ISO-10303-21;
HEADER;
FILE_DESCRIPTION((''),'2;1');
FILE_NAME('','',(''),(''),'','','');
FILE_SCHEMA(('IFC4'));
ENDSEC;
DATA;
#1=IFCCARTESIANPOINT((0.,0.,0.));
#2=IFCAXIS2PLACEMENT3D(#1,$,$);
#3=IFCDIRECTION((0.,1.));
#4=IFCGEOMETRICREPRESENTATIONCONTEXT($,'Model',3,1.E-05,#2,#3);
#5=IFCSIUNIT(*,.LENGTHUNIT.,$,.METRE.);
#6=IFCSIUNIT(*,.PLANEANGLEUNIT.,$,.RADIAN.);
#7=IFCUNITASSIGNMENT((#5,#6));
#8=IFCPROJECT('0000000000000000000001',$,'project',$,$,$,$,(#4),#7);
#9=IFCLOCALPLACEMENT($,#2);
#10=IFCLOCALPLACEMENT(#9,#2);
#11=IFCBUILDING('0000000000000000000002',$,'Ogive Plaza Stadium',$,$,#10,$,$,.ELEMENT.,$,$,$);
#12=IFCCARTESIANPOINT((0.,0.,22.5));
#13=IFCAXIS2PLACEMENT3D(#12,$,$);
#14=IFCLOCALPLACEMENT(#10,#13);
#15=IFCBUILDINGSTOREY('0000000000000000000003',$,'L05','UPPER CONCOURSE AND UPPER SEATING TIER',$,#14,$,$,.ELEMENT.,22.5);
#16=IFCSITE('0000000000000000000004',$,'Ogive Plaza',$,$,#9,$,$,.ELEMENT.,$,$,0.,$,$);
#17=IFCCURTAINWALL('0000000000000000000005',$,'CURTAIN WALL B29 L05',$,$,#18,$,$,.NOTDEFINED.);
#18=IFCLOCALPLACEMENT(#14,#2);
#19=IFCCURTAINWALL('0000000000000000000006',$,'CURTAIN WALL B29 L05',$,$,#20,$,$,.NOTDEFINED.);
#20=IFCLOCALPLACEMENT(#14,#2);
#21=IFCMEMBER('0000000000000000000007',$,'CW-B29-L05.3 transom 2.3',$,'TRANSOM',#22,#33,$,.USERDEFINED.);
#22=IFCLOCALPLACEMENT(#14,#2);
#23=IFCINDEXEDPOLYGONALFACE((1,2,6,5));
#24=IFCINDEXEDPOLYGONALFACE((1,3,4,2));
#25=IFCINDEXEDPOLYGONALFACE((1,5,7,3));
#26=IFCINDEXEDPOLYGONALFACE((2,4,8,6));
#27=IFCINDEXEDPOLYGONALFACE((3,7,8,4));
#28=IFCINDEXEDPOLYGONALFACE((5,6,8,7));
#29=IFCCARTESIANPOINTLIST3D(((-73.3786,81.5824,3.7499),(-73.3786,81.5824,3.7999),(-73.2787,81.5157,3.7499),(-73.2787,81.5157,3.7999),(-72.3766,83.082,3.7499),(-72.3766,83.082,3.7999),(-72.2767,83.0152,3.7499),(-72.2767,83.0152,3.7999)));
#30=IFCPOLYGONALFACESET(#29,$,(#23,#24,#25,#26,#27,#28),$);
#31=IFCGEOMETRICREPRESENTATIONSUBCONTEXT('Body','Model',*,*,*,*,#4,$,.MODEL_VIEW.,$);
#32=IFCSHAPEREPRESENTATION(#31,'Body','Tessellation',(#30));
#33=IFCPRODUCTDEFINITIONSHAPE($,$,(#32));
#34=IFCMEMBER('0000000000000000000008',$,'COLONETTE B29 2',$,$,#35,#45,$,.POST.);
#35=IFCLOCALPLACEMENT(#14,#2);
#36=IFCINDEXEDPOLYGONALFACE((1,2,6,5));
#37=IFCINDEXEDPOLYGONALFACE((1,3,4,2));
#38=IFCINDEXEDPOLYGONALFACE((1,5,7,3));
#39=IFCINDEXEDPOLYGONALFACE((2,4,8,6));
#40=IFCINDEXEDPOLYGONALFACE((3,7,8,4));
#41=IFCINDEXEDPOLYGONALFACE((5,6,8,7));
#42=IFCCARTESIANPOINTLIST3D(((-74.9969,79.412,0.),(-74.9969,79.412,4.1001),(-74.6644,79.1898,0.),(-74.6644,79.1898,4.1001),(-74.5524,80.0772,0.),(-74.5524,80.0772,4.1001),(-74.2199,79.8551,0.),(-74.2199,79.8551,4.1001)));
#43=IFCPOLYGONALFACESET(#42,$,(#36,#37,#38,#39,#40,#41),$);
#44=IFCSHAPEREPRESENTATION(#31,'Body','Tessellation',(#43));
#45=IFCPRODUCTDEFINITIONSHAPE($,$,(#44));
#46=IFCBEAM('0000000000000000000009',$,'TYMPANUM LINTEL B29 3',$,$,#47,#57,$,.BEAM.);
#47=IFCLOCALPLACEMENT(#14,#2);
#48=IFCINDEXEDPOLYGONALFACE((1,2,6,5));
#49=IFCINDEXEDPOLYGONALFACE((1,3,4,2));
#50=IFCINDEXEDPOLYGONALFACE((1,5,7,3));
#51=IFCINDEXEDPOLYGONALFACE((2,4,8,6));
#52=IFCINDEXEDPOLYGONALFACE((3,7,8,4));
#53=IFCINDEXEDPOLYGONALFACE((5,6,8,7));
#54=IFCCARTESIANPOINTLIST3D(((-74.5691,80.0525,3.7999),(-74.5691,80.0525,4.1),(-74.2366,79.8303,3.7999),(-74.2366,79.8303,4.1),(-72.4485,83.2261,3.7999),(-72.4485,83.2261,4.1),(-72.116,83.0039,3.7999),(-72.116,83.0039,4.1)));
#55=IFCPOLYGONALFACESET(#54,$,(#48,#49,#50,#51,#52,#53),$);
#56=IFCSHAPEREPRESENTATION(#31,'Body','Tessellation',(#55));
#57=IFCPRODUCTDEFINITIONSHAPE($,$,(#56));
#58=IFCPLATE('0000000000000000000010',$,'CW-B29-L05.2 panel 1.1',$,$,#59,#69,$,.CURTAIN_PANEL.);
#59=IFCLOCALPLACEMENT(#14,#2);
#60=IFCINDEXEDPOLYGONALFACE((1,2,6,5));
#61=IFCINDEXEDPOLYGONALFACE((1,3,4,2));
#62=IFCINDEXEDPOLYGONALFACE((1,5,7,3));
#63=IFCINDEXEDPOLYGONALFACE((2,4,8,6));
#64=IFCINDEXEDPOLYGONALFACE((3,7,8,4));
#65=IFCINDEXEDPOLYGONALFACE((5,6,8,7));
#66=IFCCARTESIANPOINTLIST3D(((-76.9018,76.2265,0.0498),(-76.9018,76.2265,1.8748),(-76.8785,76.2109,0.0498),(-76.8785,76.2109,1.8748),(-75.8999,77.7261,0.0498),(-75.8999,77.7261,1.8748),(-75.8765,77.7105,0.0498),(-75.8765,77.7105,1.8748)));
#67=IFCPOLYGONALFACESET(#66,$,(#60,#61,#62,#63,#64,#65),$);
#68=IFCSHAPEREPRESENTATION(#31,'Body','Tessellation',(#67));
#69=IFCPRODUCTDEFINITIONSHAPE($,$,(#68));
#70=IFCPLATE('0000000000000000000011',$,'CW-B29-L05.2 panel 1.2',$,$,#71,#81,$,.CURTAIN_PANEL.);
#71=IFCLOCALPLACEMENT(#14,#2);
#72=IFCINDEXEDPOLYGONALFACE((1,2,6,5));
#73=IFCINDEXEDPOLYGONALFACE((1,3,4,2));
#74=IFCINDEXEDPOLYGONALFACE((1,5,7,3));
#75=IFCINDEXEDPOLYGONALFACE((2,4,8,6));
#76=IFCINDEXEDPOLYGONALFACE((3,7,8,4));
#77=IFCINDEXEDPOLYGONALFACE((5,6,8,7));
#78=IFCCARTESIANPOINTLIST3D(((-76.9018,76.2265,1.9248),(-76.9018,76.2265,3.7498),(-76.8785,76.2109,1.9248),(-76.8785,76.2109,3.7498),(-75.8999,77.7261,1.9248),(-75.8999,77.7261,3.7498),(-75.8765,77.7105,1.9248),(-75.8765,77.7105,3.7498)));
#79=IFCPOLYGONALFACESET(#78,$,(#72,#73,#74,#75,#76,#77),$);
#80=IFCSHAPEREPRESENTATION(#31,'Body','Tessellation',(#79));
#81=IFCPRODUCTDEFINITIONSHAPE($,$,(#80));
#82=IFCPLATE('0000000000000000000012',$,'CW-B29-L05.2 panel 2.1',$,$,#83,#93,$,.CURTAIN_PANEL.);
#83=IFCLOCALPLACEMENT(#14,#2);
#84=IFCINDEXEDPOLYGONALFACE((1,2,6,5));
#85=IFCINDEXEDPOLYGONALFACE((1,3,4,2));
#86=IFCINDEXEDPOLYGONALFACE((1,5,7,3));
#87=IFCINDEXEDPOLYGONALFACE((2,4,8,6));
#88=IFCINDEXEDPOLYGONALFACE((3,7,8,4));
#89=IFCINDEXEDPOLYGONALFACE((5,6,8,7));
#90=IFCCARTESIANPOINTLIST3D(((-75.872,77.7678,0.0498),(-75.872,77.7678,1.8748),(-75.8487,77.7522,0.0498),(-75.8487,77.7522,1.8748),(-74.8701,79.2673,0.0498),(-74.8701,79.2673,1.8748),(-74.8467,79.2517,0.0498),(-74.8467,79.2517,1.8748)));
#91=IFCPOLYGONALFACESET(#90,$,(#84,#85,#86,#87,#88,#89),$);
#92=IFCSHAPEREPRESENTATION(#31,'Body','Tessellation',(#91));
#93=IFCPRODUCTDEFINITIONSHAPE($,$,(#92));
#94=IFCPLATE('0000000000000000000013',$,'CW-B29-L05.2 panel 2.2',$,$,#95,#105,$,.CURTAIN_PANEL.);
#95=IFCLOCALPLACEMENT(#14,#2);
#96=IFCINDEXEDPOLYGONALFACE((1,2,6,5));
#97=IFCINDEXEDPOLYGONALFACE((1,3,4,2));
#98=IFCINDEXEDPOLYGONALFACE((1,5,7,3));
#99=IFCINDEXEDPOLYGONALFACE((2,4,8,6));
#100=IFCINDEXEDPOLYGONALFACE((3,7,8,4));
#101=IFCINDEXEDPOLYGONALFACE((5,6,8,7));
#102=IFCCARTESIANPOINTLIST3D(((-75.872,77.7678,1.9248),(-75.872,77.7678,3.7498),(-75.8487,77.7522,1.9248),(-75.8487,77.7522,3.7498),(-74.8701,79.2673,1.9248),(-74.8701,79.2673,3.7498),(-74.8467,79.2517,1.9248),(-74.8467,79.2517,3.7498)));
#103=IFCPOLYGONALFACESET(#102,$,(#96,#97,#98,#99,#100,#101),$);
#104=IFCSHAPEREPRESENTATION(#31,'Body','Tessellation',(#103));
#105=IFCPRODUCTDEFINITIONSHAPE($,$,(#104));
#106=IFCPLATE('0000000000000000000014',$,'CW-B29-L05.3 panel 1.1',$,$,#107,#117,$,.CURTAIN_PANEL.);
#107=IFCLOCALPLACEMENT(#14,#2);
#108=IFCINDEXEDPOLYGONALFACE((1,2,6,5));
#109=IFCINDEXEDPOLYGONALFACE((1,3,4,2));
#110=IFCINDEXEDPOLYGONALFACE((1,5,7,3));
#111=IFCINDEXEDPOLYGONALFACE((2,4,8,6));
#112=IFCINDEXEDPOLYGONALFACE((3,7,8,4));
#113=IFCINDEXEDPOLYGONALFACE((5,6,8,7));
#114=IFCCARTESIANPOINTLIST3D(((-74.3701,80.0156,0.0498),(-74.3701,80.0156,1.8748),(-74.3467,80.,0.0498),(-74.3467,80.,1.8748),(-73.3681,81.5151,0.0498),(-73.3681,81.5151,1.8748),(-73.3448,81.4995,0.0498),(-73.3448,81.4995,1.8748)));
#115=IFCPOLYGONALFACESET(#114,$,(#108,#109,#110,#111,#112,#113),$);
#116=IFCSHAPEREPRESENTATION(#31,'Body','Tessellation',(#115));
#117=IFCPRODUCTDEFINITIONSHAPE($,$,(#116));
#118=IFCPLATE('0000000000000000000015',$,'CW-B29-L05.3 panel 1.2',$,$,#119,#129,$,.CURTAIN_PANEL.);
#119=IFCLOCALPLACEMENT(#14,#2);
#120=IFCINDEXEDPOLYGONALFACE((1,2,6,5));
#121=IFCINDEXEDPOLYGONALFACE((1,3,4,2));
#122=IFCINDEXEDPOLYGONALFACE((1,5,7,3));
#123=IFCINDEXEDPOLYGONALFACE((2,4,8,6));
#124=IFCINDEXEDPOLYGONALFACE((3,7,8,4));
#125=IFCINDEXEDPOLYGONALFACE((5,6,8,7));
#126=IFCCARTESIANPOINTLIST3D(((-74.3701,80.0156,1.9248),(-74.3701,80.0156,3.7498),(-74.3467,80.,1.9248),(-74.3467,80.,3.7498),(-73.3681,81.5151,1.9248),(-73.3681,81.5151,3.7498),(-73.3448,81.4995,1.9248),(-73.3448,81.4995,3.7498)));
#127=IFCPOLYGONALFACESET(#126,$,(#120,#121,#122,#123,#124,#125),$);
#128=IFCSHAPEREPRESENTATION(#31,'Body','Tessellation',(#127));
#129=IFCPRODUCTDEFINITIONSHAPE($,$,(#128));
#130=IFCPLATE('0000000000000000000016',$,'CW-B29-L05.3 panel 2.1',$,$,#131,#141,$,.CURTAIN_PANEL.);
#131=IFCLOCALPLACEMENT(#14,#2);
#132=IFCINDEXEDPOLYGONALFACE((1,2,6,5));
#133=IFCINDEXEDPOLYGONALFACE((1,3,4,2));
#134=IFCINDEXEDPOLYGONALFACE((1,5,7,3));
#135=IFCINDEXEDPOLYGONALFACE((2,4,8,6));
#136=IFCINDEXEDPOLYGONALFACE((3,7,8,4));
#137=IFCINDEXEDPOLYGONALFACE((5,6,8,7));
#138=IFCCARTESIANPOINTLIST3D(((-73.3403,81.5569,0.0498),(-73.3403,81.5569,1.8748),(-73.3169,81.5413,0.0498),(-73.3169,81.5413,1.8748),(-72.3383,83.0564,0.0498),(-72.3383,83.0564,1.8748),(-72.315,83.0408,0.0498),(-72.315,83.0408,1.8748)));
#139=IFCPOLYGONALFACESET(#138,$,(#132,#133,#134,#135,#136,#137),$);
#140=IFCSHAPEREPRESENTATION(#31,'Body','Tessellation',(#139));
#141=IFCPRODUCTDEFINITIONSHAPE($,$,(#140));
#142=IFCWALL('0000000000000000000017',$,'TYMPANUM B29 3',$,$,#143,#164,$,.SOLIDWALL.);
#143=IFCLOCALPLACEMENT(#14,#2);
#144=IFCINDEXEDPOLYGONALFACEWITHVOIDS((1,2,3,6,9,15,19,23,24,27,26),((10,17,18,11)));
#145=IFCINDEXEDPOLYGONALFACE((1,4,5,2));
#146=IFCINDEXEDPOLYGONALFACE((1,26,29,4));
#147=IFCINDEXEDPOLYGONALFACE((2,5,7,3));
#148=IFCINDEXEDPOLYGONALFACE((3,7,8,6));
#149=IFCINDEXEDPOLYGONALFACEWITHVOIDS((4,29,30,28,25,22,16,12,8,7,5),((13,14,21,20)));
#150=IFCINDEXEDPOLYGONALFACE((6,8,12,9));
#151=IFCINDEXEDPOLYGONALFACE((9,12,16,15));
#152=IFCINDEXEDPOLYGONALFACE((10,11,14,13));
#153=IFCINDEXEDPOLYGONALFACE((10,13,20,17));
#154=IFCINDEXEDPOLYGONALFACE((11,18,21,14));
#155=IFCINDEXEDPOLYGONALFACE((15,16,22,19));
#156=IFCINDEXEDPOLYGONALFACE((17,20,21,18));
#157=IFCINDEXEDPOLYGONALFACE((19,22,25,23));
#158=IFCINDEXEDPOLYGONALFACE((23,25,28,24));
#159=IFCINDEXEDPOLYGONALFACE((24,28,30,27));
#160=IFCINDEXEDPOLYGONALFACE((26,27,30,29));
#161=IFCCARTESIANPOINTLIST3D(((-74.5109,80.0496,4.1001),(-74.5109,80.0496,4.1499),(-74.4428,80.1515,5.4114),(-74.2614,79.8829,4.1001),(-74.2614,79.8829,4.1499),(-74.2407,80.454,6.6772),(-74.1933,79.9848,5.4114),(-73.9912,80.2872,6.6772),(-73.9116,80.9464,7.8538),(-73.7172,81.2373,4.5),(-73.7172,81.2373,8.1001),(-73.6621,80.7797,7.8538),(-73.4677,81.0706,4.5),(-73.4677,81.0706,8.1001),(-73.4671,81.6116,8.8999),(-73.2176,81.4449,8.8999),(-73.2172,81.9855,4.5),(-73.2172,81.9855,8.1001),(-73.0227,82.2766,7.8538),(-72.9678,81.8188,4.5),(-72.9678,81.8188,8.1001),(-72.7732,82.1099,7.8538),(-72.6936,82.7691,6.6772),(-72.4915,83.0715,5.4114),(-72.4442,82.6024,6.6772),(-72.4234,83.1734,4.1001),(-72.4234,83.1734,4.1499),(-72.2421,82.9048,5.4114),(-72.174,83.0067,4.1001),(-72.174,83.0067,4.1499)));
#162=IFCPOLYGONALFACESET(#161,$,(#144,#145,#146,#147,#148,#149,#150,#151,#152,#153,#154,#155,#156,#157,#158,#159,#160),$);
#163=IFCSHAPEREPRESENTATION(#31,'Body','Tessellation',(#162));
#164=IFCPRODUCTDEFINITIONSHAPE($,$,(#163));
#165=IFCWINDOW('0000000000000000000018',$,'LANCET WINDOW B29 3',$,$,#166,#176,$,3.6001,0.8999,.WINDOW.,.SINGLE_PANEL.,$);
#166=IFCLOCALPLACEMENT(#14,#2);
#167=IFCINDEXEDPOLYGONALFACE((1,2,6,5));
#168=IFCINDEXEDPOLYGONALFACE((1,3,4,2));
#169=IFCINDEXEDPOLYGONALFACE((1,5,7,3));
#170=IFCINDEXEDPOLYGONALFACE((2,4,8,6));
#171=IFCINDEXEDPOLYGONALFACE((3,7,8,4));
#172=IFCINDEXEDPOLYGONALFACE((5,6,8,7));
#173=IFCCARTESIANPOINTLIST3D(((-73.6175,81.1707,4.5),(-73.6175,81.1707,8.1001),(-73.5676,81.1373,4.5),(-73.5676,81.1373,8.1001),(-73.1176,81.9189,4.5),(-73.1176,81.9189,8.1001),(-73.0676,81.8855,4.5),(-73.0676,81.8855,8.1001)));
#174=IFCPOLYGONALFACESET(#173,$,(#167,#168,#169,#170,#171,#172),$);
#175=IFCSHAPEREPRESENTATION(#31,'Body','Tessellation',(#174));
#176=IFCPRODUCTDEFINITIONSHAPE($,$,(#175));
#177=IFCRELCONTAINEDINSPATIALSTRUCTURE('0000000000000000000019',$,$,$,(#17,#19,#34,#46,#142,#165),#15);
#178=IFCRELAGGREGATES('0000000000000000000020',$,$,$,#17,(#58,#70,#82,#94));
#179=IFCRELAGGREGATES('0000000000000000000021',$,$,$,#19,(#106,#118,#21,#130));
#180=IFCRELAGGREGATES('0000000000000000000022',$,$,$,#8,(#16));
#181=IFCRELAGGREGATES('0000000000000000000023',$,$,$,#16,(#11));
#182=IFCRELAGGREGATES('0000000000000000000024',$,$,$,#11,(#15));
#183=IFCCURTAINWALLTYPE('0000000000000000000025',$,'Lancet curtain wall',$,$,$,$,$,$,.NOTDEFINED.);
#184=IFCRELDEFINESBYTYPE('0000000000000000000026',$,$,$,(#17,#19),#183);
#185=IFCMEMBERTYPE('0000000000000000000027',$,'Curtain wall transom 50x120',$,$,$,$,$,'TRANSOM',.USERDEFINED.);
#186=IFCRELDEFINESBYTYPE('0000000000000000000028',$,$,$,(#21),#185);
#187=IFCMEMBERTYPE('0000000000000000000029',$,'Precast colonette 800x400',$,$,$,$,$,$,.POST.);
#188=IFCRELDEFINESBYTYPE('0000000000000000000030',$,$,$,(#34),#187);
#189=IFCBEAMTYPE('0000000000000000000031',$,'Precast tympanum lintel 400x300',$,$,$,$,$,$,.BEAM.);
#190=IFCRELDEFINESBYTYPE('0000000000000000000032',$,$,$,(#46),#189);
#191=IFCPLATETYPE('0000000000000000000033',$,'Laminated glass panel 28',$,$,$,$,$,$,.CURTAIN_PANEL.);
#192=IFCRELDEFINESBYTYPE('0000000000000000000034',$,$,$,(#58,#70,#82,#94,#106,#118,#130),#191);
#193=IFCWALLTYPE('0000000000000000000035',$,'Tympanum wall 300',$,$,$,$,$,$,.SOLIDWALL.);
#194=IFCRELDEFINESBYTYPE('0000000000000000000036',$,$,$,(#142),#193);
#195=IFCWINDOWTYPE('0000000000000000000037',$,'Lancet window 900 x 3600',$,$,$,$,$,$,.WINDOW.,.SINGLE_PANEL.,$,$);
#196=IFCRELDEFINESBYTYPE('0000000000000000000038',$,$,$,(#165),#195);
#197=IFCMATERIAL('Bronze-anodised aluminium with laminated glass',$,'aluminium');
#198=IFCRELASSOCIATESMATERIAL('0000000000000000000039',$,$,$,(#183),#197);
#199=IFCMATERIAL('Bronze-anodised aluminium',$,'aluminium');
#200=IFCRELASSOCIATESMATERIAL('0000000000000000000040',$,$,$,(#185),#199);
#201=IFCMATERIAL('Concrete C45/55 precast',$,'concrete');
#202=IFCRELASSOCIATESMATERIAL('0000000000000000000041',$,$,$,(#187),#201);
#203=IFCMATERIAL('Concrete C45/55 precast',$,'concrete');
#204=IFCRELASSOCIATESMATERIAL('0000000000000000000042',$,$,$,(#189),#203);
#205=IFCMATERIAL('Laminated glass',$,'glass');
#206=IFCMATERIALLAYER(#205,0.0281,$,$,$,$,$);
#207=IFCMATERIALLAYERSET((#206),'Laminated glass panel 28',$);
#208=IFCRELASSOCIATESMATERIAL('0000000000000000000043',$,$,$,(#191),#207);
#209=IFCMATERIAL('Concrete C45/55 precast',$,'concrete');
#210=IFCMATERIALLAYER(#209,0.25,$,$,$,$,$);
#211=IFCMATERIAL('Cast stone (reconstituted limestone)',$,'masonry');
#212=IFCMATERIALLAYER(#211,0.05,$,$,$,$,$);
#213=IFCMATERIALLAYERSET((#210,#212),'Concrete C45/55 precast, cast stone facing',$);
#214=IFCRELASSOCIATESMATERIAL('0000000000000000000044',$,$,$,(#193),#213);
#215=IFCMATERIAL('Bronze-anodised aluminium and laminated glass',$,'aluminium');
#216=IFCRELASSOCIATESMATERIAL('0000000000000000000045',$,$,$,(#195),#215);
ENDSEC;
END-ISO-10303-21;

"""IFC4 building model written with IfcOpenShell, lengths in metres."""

from ifc_helpers import new_model, si_unit, direction, frame, frame_2d, origin, origin_2d, place, context, subcontext, project, spatial, polyline, rectangle, outline, extrude, material, layer, layer_set, material_profile, profile_set, type_object, element, fill, aggregate, save


model = new_model("IFC4")

# Units and contexts
model_context = context("Model", 3, precision=1e-05, world=origin(), true_north=direction((0.0, 1.0)))
body_context = subcontext(model_context, "Body", "Model", "MODEL_VIEW")
ifc_project = project(units=[si_unit("LENGTHUNIT", "METRE"), si_unit("PLANEANGLEUNIT", "RADIAN")], contexts=[model_context])

# Site, building, storey
site_placement = place(None, origin())
site = spatial("IfcSite", under=ifc_project, at=site_placement, Name="Ogive Plaza", CompositionType="ELEMENT", RefElevation=0.0)
building_placement = place(site_placement, origin())
building = spatial("IfcBuilding", under=site, at=building_placement, Name="Ogive Plaza Stadium", CompositionType="ELEMENT")
storey_placement = place(building_placement, frame((0.0, 0.0, 22.5)))
storey = spatial("IfcBuildingStorey", under=building, at=storey_placement, Name="L05", Description="UPPER CONCOURSE AND UPPER SEATING TIER", CompositionType="ELEMENT", Elevation=22.5)

# Curtain walls
ifc_material_1 = material(Name="Bronze-anodised aluminium with laminated glass", Category="aluminium")
curtain_wall_type = type_object("IfcCurtainWallType", Name="Lancet curtain wall", PredefinedType="NOTDEFINED", material=ifc_material_1)
curtain_wall_1_placement = place(storey_placement, origin())
curtain_wall_1 = element("IfcCurtainWall", 1, at=curtain_wall_1_placement, inside=storey, type_object=curtain_wall_type, Name="CURTAIN WALL B29 L05", PredefinedType="NOTDEFINED")
curtain_wall_2_placement = place(storey_placement, origin())
curtain_wall_2 = element("IfcCurtainWall", 2, at=curtain_wall_2_placement, inside=storey, type_object=curtain_wall_type, Name="CURTAIN WALL B29 L05", PredefinedType="NOTDEFINED")

# Members
ifc_material_2 = material(Name="Bronze-anodised aluminium", Category="aluminium")
ifc_material_profile_1 = material_profile(ifc_material_2, rectangle(XDim=0.1201, YDim=0.05, at=origin_2d()), Name="AL 120x50")
ifc_profile_set_1 = profile_set([ifc_material_profile_1], Name="Bronze-anodised aluminium")
member_type_1 = type_object("IfcMemberType", Name="Curtain wall transom 50x120", ElementType="TRANSOM", PredefinedType="USERDEFINED", material=ifc_profile_set_1)
member_1_placement = place(storey_placement, frame((-73.3286, 81.5491, 3.7749), z_axis=(0.555575, 0.831467, 0.0), x_axis=(-0.831467, 0.555575, 0.0)))
member_1 = element("IfcMember", 3, at=member_1_placement, type_object=member_type_1, Name="CW-B29-L05.3 transom 2.3", ObjectType="TRANSOM", PredefinedType="USERDEFINED", context=body_context, shape_type="SweptSolid", body=[
    extrude(rectangle(XDim=0.1201, YDim=0.05, at=origin_2d()), origin(), (0.0, 0.0, 1.0), 1.8035),
])
ifc_material_3 = material(Name="Concrete C45/55 precast", Category="concrete")
ifc_material_profile_2 = material_profile(ifc_material_3, rectangle(XDim=0.3999, YDim=0.8, at=origin_2d()), Name="RC 400x800")
ifc_profile_set_2 = profile_set([ifc_material_profile_2], Name="Concrete C45/55 precast")
member_type_2 = type_object("IfcMemberType", Name="Precast colonette 800x400", PredefinedType="POST", material=ifc_profile_set_2)
member_2_placement = place(storey_placement, frame((-74.6084, 79.6335, 0.0), z_axis=(0.0, 0.0, 1.0), x_axis=(-0.83147, 0.55557, 0.0)))
element("IfcMember", 4, at=member_2_placement, inside=storey, type_object=member_type_2, Name="COLONETTE B29 2", PredefinedType="POST", context=body_context, shape_type="SweptSolid", body=[
    extrude(rectangle(XDim=0.3999, YDim=0.8, at=origin_2d()), origin(), (0.0, 0.0, 1.0), 4.1001),
])

# Beam
ifc_material_4 = material(Name="Concrete C45/55 precast", Category="concrete")
ifc_material_profile_3 = material_profile(ifc_material_4, rectangle(XDim=0.3999, YDim=0.3, at=origin_2d()), Name="RC 400x300")
ifc_profile_set_3 = profile_set([ifc_material_profile_3], Name="Concrete C45/55 precast")
beam_type = type_object("IfcBeamType", Name="Precast tympanum lintel 400x300", PredefinedType="BEAM", material=ifc_profile_set_3)
beam_placement = place(storey_placement, frame((-74.4028, 79.9414, 3.95), z_axis=(0.555586, 0.831459, 0.0), x_axis=(-0.831459, 0.555586, 0.0)))
element("IfcBeam", 5, at=beam_placement, inside=storey, type_object=beam_type, Name="TYMPANUM LINTEL B29 3", PredefinedType="BEAM", context=body_context, shape_type="SweptSolid", body=[
    extrude(rectangle(XDim=0.3999, YDim=0.3, at=origin_2d()), origin(), (0.0, 0.0, 1.0), 3.8169),
])

# Plates
ifc_material_5 = material(Name="Laminated glass", Category="glass")
ifc_layer_1 = layer(ifc_material_5, 0.0281)
ifc_layer_set_1 = layer_set([ifc_layer_1], Name="Laminated glass panel 28")
plate_type = type_object("IfcPlateType", Name="Laminated glass panel 28", PredefinedType="CURTAIN_PANEL", material=ifc_layer_set_1)
plate_1_placement = place(storey_placement, frame((-76.3892, 76.9685, 0.0498), z_axis=(0.0, 0.0, 1.0), x_axis=(0.55557, 0.83147, 0.0)))
plate_1 = element("IfcPlate", 6, at=plate_1_placement, type_object=plate_type, Name="CW-B29-L05.2 panel 1.1", PredefinedType="CURTAIN_PANEL", context=body_context, shape_type="SweptSolid", body=[
    extrude(rectangle(XDim=1.8035, YDim=0.0281, at=origin_2d()), origin(), (0.0, 0.0, 1.0), 1.825),
])
plate_2_placement = place(storey_placement, frame((-76.3892, 76.9685, 1.9248), z_axis=(0.0, 0.0, 1.0), x_axis=(0.55557, 0.83147, 0.0)))
plate_2 = element("IfcPlate", 7, at=plate_2_placement, type_object=plate_type, Name="CW-B29-L05.2 panel 1.2", PredefinedType="CURTAIN_PANEL", context=body_context, shape_type="SweptSolid", body=[
    extrude(rectangle(XDim=1.8035, YDim=0.0281, at=origin_2d()), origin(), (0.0, 0.0, 1.0), 1.825),
])
plate_3_placement = place(storey_placement, frame((-75.3594, 78.5098, 0.0498), z_axis=(0.0, 0.0, 1.0), x_axis=(0.55557, 0.83147, 0.0)))
plate_3 = element("IfcPlate", 8, at=plate_3_placement, type_object=plate_type, Name="CW-B29-L05.2 panel 2.1", PredefinedType="CURTAIN_PANEL", context=body_context, shape_type="SweptSolid", body=[
    extrude(rectangle(XDim=1.8035, YDim=0.0281, at=origin_2d()), origin(), (0.0, 0.0, 1.0), 1.825),
])
plate_4_placement = place(storey_placement, frame((-75.3594, 78.5098, 1.9248), z_axis=(0.0, 0.0, 1.0), x_axis=(0.55557, 0.83147, 0.0)))
plate_4 = element("IfcPlate", 9, at=plate_4_placement, type_object=plate_type, Name="CW-B29-L05.2 panel 2.2", PredefinedType="CURTAIN_PANEL", context=body_context, shape_type="SweptSolid", body=[
    extrude(rectangle(XDim=1.8035, YDim=0.0281, at=origin_2d()), origin(), (0.0, 0.0, 1.0), 1.825),
])
aggregate(curtain_wall_1, [plate_1, plate_2, plate_3, plate_4])
plate_5_placement = place(storey_placement, frame((-73.8574, 80.7576, 0.0498), z_axis=(0.0, 0.0, 1.0), x_axis=(0.55557, 0.83147, 0.0)))
plate_5 = element("IfcPlate", 10, at=plate_5_placement, type_object=plate_type, Name="CW-B29-L05.3 panel 1.1", PredefinedType="CURTAIN_PANEL", context=body_context, shape_type="SweptSolid", body=[
    extrude(rectangle(XDim=1.8035, YDim=0.0281, at=origin_2d()), origin(), (0.0, 0.0, 1.0), 1.825),
])
plate_6_placement = place(storey_placement, frame((-73.8574, 80.7576, 1.9248), z_axis=(0.0, 0.0, 1.0), x_axis=(0.55557, 0.83147, 0.0)))
plate_6 = element("IfcPlate", 11, at=plate_6_placement, type_object=plate_type, Name="CW-B29-L05.3 panel 1.2", PredefinedType="CURTAIN_PANEL", context=body_context, shape_type="SweptSolid", body=[
    extrude(rectangle(XDim=1.8035, YDim=0.0281, at=origin_2d()), origin(), (0.0, 0.0, 1.0), 1.825),
])
plate_7_placement = place(storey_placement, frame((-72.8276, 82.2988, 0.0498), z_axis=(0.0, 0.0, 1.0), x_axis=(0.55557, 0.83147, 0.0)))
plate_7 = element("IfcPlate", 12, at=plate_7_placement, type_object=plate_type, Name="CW-B29-L05.3 panel 2.1", PredefinedType="CURTAIN_PANEL", context=body_context, shape_type="SweptSolid", body=[
    extrude(rectangle(XDim=1.8035, YDim=0.0281, at=origin_2d()), origin(), (0.0, 0.0, 1.0), 1.825),
])
aggregate(curtain_wall_2, [plate_5, plate_6, member_1, plate_7])

# Wall, opening, window
ifc_material_6 = material(Name="Concrete C45/55 precast", Category="concrete")
ifc_layer_2 = layer(ifc_material_6, 0.25)
ifc_material_7 = material(Name="Cast stone (reconstituted limestone)", Category="masonry")
ifc_layer_3 = layer(ifc_material_7, 0.05)
ifc_layer_set_2 = layer_set([ifc_layer_2, ifc_layer_3], Name="Concrete C45/55 precast, cast stone facing")
wall_type = type_object("IfcWallType", Name="Tympanum wall 300", PredefinedType="SOLIDWALL", material=ifc_layer_set_2)
wall_placement = place(storey_placement, frame((-74.3862, 79.9663, 4.1001), z_axis=(0.0, 0.0, 1.0), x_axis=(0.5556, 0.83145, 0.0)))
wall = element("IfcWall", 13, at=wall_placement, inside=storey, type_object=wall_type, Name="TYMPANUM B29 3", PredefinedType="SOLIDWALL", context=body_context, shape_type="SweptSolid", body=[
    extrude(outline(polyline([(0.0, 0.0), (3.7571, 0.0), (3.7571, 0.0498), (3.6345, 1.3113), (3.2708, 2.5771), (2.6785, 3.7537), (1.8787, 4.7998), (1.0786, 3.7537), (0.4863, 2.5771), (0.1226, 1.3113), (0.0, 0.0498), (0.0, 0.0)])), frame((0.0, 0.1499, 0.0), z_axis=(0.0, -1.0, 0.0), x_axis=(1.0, 0.0, 0.0)), (0.0, 0.0, 1.0), 0.3),
])
opening_placement = place(wall_placement, frame((1.4285, 0.0, 0.3999)))
opening = element("IfcOpeningElement", 14, at=opening_placement, cuts=wall, PredefinedType="OPENING", context=body_context, shape_type="SweptSolid", body=[
    extrude(rectangle(XDim=0.8999, YDim=3.6001, at=frame_2d((0.45, 1.8))), frame((0.0, 0.1602, 0.0), z_axis=(0.0, -1.0, 0.0), x_axis=(1.0, 0.0, 0.0)), (0.0, 0.0, 1.0), 0.3201),
])
ifc_material_8 = material(Name="Bronze-anodised aluminium and laminated glass", Category="aluminium")
window_type = type_object("IfcWindowType", Name="Lancet window 900 x 3600", PartitioningType="SINGLE_PANEL", PredefinedType="WINDOW", material=ifc_material_8)
window_placement = place(opening_placement, origin())
window = element("IfcWindow", 15, at=window_placement, inside=storey, type_object=window_type, Name="LANCET WINDOW B29 3", OverallHeight=3.6001, OverallWidth=0.8999, PartitioningType="SINGLE_PANEL", PredefinedType="WINDOW", context=body_context, shape_type="SweptSolid", body=[
    extrude(rectangle(XDim=0.8999, YDim=3.6001, at=frame_2d((0.45, 1.8))), frame((0.0, 0.03, 0.0), z_axis=(0.0, -1.0, 0.0), x_axis=(1.0, 0.0, 0.0)), (0.0, 0.0, 1.0), 0.0601),
])
fill(opening, window)

save(model, "model.ifc")
